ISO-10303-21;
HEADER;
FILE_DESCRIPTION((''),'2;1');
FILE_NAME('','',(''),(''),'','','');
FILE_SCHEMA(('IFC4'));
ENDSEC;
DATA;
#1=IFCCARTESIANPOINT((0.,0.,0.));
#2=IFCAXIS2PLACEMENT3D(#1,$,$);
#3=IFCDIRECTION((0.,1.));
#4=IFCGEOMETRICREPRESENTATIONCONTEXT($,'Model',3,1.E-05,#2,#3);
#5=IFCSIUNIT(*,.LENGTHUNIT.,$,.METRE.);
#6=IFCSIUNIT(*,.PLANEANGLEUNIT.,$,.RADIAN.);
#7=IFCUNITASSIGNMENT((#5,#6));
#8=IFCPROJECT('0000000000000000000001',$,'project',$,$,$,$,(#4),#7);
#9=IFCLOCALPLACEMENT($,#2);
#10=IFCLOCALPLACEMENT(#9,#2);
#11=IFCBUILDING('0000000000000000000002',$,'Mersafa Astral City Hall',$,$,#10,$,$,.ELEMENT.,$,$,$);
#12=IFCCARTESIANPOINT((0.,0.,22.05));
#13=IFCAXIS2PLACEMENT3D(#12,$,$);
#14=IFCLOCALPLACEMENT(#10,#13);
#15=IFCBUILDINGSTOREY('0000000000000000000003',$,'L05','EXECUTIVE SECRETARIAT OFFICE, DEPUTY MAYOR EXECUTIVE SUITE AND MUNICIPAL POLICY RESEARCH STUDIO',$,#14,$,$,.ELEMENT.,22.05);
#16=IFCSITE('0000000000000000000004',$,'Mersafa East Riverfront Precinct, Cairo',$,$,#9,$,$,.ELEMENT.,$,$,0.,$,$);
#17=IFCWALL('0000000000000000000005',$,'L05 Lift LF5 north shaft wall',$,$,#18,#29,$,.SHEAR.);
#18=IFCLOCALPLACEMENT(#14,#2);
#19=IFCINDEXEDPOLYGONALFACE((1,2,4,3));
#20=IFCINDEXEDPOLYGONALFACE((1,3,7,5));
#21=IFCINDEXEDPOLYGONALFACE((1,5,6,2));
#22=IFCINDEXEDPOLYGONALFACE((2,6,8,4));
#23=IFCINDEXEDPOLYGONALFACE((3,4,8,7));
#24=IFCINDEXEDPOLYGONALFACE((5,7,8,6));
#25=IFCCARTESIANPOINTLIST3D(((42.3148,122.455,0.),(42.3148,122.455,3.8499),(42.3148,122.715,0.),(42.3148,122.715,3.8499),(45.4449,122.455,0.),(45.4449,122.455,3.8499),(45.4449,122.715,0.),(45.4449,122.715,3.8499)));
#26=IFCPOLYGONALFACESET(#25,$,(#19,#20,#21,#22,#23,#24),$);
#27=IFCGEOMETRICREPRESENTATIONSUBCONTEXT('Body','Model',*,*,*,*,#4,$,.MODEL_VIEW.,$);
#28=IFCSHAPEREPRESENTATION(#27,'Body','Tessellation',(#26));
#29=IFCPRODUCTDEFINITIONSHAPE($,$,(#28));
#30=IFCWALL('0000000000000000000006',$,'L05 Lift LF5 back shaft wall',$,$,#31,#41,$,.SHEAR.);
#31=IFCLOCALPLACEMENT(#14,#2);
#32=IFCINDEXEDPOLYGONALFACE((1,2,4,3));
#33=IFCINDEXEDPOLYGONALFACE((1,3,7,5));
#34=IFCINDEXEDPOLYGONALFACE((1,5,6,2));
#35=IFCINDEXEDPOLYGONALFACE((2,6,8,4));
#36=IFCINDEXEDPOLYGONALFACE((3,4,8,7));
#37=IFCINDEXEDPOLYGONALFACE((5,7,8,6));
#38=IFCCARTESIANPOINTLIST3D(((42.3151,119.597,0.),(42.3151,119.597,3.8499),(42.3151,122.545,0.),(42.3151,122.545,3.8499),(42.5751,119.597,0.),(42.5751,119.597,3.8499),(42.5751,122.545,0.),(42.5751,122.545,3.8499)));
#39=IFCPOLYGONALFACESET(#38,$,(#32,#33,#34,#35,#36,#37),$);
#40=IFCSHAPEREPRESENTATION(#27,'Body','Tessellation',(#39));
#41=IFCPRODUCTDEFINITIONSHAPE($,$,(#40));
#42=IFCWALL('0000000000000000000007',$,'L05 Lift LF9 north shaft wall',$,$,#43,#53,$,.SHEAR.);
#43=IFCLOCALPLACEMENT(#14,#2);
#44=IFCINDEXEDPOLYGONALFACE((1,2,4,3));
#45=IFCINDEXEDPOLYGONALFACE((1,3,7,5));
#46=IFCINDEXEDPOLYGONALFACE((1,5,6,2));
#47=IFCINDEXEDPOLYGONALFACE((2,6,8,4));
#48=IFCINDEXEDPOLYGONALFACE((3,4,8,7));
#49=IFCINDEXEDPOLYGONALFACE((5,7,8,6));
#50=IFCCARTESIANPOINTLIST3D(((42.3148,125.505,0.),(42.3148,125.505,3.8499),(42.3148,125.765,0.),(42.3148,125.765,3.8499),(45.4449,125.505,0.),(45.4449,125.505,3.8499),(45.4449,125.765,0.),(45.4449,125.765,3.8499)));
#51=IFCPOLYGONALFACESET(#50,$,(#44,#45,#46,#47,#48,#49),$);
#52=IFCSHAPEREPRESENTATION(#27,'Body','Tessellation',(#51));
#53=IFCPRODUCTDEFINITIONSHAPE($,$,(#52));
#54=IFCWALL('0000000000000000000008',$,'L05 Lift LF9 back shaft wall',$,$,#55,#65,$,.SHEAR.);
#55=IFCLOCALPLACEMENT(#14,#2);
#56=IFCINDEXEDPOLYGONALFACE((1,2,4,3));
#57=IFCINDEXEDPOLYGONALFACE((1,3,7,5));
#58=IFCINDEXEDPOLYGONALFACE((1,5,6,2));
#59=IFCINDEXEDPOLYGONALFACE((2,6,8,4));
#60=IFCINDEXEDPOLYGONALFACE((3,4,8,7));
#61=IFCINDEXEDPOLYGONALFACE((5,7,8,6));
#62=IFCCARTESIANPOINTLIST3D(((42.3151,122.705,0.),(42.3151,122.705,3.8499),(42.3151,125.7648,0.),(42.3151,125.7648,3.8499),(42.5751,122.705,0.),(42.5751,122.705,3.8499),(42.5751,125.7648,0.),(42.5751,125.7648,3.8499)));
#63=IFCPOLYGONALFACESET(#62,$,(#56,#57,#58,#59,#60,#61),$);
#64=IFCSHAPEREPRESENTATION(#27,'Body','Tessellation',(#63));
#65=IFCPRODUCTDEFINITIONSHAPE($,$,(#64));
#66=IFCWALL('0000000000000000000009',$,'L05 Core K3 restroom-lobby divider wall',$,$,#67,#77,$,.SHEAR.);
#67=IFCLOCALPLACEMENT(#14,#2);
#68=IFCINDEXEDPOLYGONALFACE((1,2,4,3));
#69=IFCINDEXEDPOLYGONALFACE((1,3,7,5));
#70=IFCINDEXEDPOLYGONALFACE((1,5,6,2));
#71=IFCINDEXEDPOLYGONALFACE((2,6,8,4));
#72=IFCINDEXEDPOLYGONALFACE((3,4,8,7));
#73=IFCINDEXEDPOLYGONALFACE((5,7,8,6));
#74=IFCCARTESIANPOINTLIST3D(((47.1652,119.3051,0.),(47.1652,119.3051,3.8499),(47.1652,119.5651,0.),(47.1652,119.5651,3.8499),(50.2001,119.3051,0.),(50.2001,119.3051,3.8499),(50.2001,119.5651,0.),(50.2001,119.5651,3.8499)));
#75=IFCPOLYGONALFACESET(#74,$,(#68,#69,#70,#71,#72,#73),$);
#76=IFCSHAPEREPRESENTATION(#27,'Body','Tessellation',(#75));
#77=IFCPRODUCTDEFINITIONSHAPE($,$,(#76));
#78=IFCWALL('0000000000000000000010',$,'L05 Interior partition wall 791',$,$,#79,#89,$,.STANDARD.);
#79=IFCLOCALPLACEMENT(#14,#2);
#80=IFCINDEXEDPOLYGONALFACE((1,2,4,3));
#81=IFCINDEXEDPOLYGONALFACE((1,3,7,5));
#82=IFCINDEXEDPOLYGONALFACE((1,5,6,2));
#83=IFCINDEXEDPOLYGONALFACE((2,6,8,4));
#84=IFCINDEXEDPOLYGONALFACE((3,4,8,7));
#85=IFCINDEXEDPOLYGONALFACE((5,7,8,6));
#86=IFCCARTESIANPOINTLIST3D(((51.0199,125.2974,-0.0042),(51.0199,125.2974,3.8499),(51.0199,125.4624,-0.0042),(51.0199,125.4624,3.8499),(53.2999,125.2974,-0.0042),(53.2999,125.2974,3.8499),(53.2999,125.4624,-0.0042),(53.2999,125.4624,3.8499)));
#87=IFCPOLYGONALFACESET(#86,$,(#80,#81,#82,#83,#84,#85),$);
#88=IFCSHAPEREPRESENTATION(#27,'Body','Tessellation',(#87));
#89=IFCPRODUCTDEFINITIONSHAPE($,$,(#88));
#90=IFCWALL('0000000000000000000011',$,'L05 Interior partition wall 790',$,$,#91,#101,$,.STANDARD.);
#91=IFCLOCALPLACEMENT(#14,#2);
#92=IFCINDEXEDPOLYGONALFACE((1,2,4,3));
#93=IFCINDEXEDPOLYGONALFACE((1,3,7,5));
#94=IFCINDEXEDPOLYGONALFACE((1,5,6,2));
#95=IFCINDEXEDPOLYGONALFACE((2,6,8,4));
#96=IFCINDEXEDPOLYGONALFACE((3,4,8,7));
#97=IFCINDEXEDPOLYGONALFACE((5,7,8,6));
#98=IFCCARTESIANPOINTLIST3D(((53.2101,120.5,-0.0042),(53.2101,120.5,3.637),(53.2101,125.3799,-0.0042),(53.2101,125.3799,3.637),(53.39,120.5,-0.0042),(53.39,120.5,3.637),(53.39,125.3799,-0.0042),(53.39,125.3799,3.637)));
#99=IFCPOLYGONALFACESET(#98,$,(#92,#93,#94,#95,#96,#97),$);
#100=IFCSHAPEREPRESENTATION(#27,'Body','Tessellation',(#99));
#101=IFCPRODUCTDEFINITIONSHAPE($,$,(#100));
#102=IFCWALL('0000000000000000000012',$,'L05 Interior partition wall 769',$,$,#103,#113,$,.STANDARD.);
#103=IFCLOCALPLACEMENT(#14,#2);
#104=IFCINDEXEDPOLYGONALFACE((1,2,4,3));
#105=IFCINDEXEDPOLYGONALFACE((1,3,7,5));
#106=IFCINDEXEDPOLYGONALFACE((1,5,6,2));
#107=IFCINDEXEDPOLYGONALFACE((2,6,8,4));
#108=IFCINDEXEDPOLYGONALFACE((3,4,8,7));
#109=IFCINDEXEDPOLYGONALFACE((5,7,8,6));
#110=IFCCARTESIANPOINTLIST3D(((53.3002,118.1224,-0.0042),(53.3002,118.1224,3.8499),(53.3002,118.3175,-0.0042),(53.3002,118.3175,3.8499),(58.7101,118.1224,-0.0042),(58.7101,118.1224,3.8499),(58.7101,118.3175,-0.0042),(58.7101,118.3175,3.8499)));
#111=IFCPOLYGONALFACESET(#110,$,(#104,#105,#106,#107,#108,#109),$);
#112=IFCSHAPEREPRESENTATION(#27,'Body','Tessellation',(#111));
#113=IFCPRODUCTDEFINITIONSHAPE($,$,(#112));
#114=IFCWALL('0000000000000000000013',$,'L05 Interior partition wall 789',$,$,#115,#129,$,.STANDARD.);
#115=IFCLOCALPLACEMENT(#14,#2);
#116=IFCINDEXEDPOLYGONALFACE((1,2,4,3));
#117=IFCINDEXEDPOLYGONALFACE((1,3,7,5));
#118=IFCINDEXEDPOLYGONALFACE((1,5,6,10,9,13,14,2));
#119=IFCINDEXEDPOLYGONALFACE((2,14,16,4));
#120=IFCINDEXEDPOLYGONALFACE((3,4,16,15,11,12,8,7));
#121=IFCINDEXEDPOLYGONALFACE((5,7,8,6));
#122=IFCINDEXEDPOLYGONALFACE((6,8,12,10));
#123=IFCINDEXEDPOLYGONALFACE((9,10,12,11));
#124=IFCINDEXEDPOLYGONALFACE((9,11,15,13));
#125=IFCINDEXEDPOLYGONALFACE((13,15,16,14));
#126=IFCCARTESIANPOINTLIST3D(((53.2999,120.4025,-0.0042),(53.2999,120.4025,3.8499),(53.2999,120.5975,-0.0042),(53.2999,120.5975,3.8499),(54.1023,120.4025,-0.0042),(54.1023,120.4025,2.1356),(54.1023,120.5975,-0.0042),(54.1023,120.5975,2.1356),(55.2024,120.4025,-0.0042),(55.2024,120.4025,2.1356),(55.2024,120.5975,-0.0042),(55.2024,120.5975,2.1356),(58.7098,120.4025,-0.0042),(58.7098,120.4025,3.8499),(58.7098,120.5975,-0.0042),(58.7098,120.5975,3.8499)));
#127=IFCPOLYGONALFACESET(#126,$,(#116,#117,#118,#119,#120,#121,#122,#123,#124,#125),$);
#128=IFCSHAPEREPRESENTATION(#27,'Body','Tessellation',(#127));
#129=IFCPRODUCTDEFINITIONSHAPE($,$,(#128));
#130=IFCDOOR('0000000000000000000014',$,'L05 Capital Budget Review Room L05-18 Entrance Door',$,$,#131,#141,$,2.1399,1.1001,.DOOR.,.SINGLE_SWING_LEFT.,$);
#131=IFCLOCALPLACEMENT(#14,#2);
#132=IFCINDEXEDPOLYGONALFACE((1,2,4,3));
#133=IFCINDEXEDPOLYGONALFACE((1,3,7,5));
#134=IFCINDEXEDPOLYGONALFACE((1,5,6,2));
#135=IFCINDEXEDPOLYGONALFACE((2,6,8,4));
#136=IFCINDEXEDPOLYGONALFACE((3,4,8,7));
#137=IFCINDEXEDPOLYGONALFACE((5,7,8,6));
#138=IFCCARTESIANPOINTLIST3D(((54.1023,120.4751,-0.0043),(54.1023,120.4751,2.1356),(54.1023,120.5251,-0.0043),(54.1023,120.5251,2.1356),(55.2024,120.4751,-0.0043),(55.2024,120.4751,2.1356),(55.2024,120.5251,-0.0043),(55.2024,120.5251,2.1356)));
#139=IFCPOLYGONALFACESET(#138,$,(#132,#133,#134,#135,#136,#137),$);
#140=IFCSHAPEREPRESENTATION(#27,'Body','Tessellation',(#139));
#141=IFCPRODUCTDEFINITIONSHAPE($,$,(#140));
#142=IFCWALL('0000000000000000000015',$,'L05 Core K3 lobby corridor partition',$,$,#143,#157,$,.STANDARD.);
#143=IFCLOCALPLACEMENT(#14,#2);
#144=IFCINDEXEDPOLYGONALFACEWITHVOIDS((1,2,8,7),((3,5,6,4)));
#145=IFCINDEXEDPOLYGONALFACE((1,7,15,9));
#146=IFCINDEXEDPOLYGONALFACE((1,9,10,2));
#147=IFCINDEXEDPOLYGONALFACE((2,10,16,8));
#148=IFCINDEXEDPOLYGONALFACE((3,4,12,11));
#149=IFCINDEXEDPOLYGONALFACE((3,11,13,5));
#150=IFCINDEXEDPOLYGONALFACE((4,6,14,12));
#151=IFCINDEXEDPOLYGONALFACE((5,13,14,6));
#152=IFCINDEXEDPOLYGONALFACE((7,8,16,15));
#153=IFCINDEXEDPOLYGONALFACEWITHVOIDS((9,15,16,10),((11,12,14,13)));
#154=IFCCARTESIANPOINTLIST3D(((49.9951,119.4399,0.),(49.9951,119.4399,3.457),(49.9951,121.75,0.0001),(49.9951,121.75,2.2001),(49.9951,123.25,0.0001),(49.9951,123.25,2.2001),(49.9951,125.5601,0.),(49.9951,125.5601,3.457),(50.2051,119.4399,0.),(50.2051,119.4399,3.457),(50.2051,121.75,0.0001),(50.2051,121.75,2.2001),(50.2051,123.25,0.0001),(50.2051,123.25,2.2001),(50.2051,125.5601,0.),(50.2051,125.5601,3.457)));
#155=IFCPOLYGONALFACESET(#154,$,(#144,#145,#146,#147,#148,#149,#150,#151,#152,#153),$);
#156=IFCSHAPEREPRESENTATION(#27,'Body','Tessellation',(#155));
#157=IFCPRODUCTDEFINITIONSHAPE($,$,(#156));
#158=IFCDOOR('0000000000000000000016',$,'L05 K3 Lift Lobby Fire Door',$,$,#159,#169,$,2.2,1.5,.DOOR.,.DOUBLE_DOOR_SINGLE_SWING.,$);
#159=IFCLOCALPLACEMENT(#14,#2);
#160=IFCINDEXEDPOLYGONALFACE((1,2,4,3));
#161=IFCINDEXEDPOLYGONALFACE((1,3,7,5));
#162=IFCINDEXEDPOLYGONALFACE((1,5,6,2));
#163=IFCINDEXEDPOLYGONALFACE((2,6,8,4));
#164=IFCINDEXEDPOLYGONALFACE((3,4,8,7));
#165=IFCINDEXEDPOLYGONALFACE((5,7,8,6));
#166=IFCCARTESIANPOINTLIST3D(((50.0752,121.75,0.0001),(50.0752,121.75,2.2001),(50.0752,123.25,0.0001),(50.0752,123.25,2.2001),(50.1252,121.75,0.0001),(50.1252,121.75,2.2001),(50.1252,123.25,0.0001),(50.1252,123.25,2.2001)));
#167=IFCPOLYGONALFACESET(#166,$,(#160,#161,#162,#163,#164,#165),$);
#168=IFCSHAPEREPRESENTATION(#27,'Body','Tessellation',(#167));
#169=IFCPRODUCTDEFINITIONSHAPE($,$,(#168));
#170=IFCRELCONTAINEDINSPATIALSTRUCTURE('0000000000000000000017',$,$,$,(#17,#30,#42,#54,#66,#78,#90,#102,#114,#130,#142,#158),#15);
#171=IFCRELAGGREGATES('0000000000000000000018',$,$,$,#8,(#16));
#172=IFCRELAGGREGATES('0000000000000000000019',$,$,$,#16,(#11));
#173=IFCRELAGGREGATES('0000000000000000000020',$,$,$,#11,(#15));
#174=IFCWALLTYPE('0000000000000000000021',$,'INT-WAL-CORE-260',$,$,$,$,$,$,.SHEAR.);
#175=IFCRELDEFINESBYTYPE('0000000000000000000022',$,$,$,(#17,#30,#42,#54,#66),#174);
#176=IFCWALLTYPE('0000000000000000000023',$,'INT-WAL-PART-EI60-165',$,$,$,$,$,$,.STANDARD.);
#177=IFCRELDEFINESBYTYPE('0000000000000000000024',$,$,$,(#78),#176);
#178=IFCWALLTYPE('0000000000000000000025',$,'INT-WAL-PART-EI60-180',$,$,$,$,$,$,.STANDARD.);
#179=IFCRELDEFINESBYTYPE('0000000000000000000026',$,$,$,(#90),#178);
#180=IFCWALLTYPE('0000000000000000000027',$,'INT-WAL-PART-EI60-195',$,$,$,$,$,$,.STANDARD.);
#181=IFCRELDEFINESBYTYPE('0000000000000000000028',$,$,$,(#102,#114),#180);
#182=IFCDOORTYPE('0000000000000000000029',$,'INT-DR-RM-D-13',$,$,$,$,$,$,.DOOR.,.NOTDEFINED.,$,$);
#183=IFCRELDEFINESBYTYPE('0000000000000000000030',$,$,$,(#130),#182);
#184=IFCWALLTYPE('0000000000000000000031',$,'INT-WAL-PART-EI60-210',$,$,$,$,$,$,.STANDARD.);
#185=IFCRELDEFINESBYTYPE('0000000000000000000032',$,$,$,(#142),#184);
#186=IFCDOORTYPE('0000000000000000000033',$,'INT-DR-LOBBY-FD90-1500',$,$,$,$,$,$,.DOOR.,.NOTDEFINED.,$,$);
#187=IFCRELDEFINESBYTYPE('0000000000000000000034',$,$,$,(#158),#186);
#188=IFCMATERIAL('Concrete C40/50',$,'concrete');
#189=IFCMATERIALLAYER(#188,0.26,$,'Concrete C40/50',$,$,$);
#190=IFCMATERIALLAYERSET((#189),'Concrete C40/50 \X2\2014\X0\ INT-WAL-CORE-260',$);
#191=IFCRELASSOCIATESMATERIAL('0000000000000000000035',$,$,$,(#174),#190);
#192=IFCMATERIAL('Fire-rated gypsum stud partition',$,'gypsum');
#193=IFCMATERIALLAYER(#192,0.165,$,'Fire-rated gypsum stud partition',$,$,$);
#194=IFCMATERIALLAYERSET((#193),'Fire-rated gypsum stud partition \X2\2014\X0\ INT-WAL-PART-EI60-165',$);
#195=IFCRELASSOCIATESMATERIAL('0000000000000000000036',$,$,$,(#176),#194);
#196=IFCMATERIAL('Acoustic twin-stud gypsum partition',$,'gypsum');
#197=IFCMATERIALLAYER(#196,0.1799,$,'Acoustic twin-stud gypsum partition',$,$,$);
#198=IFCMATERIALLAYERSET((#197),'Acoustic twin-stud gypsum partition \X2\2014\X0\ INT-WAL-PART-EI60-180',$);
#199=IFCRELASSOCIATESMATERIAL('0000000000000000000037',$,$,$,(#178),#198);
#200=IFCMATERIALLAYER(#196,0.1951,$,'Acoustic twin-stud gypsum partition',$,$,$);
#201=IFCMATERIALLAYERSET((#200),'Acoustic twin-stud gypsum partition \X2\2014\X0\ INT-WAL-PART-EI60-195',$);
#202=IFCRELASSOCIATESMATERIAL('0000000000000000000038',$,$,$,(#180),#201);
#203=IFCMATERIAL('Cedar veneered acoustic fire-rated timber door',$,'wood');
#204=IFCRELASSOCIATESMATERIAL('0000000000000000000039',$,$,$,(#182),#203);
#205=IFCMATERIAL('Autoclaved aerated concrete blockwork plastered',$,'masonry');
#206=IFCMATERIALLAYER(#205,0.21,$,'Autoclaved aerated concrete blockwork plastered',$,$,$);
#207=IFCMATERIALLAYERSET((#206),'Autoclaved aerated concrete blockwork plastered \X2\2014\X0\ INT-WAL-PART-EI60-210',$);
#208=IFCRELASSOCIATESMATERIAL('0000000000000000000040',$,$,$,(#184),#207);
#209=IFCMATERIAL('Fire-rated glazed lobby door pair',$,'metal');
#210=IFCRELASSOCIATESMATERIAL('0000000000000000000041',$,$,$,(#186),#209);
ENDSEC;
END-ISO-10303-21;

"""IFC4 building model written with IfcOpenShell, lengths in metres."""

from ifc_helpers import new_model, si_unit, direction, frame, frame_2d, origin, place, context, subcontext, project, spatial, rectangle, extrude, material, layer, layer_set, type_object, element, fill, save


model = new_model("IFC4")

# Units and contexts
model_context = context("Model", 3, precision=1e-05, world=origin(), true_north=direction((0.0, 1.0)))
body_context = subcontext(model_context, "Body", "Model", "MODEL_VIEW")
ifc_project = project(units=[si_unit("LENGTHUNIT", "METRE"), si_unit("PLANEANGLEUNIT", "RADIAN")], contexts=[model_context])

# Site, building, storey
site_placement = place(None, origin())
site = spatial("IfcSite", under=ifc_project, at=site_placement, Name="Mersafa East Riverfront Precinct, Cairo", CompositionType="ELEMENT", RefElevation=0.0)
building_placement = place(site_placement, origin())
building = spatial("IfcBuilding", under=site, at=building_placement, Name="Mersafa Astral City Hall", CompositionType="ELEMENT")
storey_placement = place(building_placement, frame((0.0, 0.0, 22.05)))
storey = spatial("IfcBuildingStorey", under=building, at=storey_placement, Name="L05", Description="EXECUTIVE SECRETARIAT OFFICE, DEPUTY MAYOR EXECUTIVE SUITE AND MUNICIPAL POLICY RESEARCH STUDIO", CompositionType="ELEMENT", Elevation=22.05)

# Walls
ifc_material_1 = material(Name="Concrete C40/50", Category="concrete")
ifc_layer_1 = layer(ifc_material_1, 0.26, Name="Concrete C40/50")
ifc_layer_set_1 = layer_set([ifc_layer_1], Name="Concrete C40/50 — INT-WAL-CORE-260")
wall_type_1 = type_object("IfcWallType", Name="INT-WAL-CORE-260", PredefinedType="SHEAR", material=ifc_layer_set_1)
wall_1_placement = place(storey_placement, frame((42.3149, 122.585, 0.0), z_axis=(0.0, 0.0, 1.0), x_axis=(1.0, 0.0, 0.0)))
element("IfcWall", 1, at=wall_1_placement, inside=storey, type_object=wall_type_1, Name="L05 Lift LF5 north shaft wall", PredefinedType="SHEAR", context=body_context, shape_type="SweptSolid", body=[
    extrude(rectangle(XDim=3.1301, YDim=0.26, at=frame_2d((1.5649, 0.0))), origin(), (0.0, 0.0, 1.0), 3.8499),
])
wall_2_placement = place(storey_placement, frame((42.4451, 119.5969, 0.0), z_axis=(0.0, 0.0, 1.0), x_axis=(0.0, 1.0, 0.0)))
element("IfcWall", 2, at=wall_2_placement, inside=storey, type_object=wall_type_1, Name="L05 Lift LF5 back shaft wall", PredefinedType="SHEAR", context=body_context, shape_type="SweptSolid", body=[
    extrude(rectangle(XDim=2.948, YDim=0.26, at=frame_2d((1.4741, 0.0))), origin(), (0.0, 0.0, 1.0), 3.8499),
])

# Walls
wall_3_placement = place(storey_placement, frame((42.3149, 125.635, 0.0), z_axis=(0.0, 0.0, 1.0), x_axis=(1.0, 0.0, 0.0)))
element("IfcWall", 3, at=wall_3_placement, inside=storey, type_object=wall_type_1, Name="L05 Lift LF9 north shaft wall", PredefinedType="SHEAR", context=body_context, shape_type="SweptSolid", body=[
    extrude(rectangle(XDim=3.1301, YDim=0.26, at=frame_2d((1.5649, 0.0))), origin(), (0.0, 0.0, 1.0), 3.8499),
])
wall_4_placement = place(storey_placement, frame((42.4451, 122.7051, 0.0), z_axis=(0.0, 0.0, 1.0), x_axis=(0.0, 1.0, 0.0)))
element("IfcWall", 4, at=wall_4_placement, inside=storey, type_object=wall_type_1, Name="L05 Lift LF9 back shaft wall", PredefinedType="SHEAR", context=body_context, shape_type="SweptSolid", body=[
    extrude(rectangle(XDim=3.0598, YDim=0.26, at=frame_2d((1.5298, 0.0))), origin(), (0.0, 0.0, 1.0), 3.8499),
])

# Wall
wall_5_placement = place(storey_placement, frame((47.165, 119.4351, 0.0), z_axis=(0.0, 0.0, 1.0), x_axis=(1.0, 0.0, 0.0)))
element("IfcWall", 5, at=wall_5_placement, inside=storey, type_object=wall_type_1, Name="L05 Core K3 restroom-lobby divider wall", PredefinedType="SHEAR", context=body_context, shape_type="SweptSolid", body=[
    extrude(rectangle(XDim=3.0349, YDim=0.26, at=frame_2d((1.5176, 0.0))), origin(), (0.0, 0.0, 1.0), 3.8499),
])

# Walls
ifc_material_2 = material(Name="Fire-rated gypsum stud partition", Category="gypsum")
ifc_layer_2 = layer(ifc_material_2, 0.165, Name="Fire-rated gypsum stud partition")
ifc_layer_set_2 = layer_set([ifc_layer_2], Name="Fire-rated gypsum stud partition — INT-WAL-PART-EI60-165")
wall_type_2 = type_object("IfcWallType", Name="INT-WAL-PART-EI60-165", PredefinedType="STANDARD", material=ifc_layer_set_2)
wall_6_placement = place(storey_placement, frame((53.3, 125.3799, -0.0042), z_axis=(0.0, 0.0, 1.0), x_axis=(-1.0, 0.0, 0.0)))
element("IfcWall", 6, at=wall_6_placement, inside=storey, type_object=wall_type_2, Name="L05 Interior partition wall 791", PredefinedType="STANDARD", context=body_context, shape_type="SweptSolid", body=[
    extrude(rectangle(XDim=2.28, YDim=0.165, at=frame_2d((1.1401, 0.0))), origin(), (0.0, 0.0, 1.0), 3.854),
])
ifc_material_3 = material(Name="Acoustic twin-stud gypsum partition", Category="gypsum")
ifc_layer_3 = layer(ifc_material_3, 0.1799, Name="Acoustic twin-stud gypsum partition")
ifc_layer_set_3 = layer_set([ifc_layer_3], Name="Acoustic twin-stud gypsum partition — INT-WAL-PART-EI60-180")
wall_type_3 = type_object("IfcWallType", Name="INT-WAL-PART-EI60-180", PredefinedType="STANDARD", material=ifc_layer_set_3)
wall_7_placement = place(storey_placement, frame((53.3, 120.5, -0.0042), z_axis=(0.0, 0.0, 1.0), x_axis=(0.0, 1.0, 0.0)))
element("IfcWall", 7, at=wall_7_placement, inside=storey, type_object=wall_type_3, Name="L05 Interior partition wall 790", PredefinedType="STANDARD", context=body_context, shape_type="SweptSolid", body=[
    extrude(rectangle(XDim=4.8799, YDim=0.1799, at=frame_2d((2.4399, 0.0))), origin(), (0.0, 0.0, 1.0), 3.6411),
])
ifc_layer_4 = layer(ifc_material_3, 0.1951, Name="Acoustic twin-stud gypsum partition")
ifc_layer_set_4 = layer_set([ifc_layer_4], Name="Acoustic twin-stud gypsum partition — INT-WAL-PART-EI60-195")
wall_type_4 = type_object("IfcWallType", Name="INT-WAL-PART-EI60-195", PredefinedType="STANDARD", material=ifc_layer_set_4)
wall_8_placement = place(storey_placement, frame((53.3, 118.22, -0.0042), z_axis=(0.0, 0.0, 1.0), x_axis=(1.0, 0.0, 0.0)))
element("IfcWall", 8, at=wall_8_placement, inside=storey, type_object=wall_type_4, Name="L05 Interior partition wall 769", PredefinedType="STANDARD", context=body_context, shape_type="SweptSolid", body=[
    extrude(rectangle(XDim=5.4099, YDim=0.1951, at=frame_2d((2.7051, 0.0))), origin(), (0.0, 0.0, 1.0), 3.854),
])

# Walls, openings, doors
wall_9_placement = place(storey_placement, frame((58.71, 120.5, -0.0042), z_axis=(0.0, 0.0, 1.0), x_axis=(-1.0, 0.0, 0.0)))
wall_9 = element("IfcWall", 9, at=wall_9_placement, inside=storey, type_object=wall_type_4, Name="L05 Interior partition wall 789", PredefinedType="STANDARD", context=body_context, shape_type="SweptSolid", body=[
    extrude(rectangle(XDim=5.4099, YDim=0.1951, at=frame_2d((2.7051, 0.0))), origin(), (0.0, 0.0, 1.0), 3.854),
])
opening_1_placement = place(wall_9_placement, frame((3.5076, 0.0, 0.0)))
opening_1 = element("IfcOpeningElement", 10, at=opening_1_placement, cuts=wall_9, PredefinedType="OPENING", context=body_context, shape_type="SweptSolid", body=[
    extrude(rectangle(XDim=1.1001, YDim=2.1399, at=frame_2d((0.55, 1.0698))), frame((0.0, 0.1074, 0.0), z_axis=(0.0, -1.0, 0.0), x_axis=(1.0, 0.0, 0.0)), (0.0, 0.0, 1.0), 0.2151),
])
ifc_material_4 = material(Name="Cedar veneered acoustic fire-rated timber door", Category="wood")
door_type_1 = type_object("IfcDoorType", Name="INT-DR-RM-D-13", OperationType="NOTDEFINED", PredefinedType="DOOR", material=ifc_material_4)
door_1_placement = place(opening_1_placement, origin())
door_1 = element("IfcDoor", 11, at=door_1_placement, inside=storey, type_object=door_type_1, Name="L05 Capital Budget Review Room L05-18 Entrance Door", OperationType="SINGLE_SWING_LEFT", OverallHeight=2.1399, OverallWidth=1.1001, PredefinedType="DOOR", context=body_context, shape_type="SweptSolid", body=[
    extrude(rectangle(XDim=1.1001, YDim=2.1399, at=frame_2d((0.55, 1.0698))), frame((0.0, 0.0249, 0.0), z_axis=(0.0, -1.0, 0.0), x_axis=(1.0, 0.0, 0.0)), (0.0, 0.0, 1.0), 0.05),
])
fill(opening_1, door_1)
ifc_material_5 = material(Name="Autoclaved aerated concrete blockwork plastered", Category="masonry")
ifc_layer_5 = layer(ifc_material_5, 0.21, Name="Autoclaved aerated concrete blockwork plastered")
ifc_layer_set_5 = layer_set([ifc_layer_5], Name="Autoclaved aerated concrete blockwork plastered — INT-WAL-PART-EI60-210")
wall_type_5 = type_object("IfcWallType", Name="INT-WAL-PART-EI60-210", PredefinedType="STANDARD", material=ifc_layer_set_5)
wall_10_placement = place(storey_placement, frame((50.1001, 119.4399, 0.0), z_axis=(0.0, 0.0, 1.0), x_axis=(0.0, 1.0, 0.0)))
wall_10 = element("IfcWall", 12, at=wall_10_placement, inside=storey, type_object=wall_type_5, Name="L05 Core K3 lobby corridor partition", PredefinedType="STANDARD", context=body_context, shape_type="SweptSolid", body=[
    extrude(rectangle(XDim=6.1201, YDim=0.21, at=frame_2d((3.0601, 0.0))), origin(), (0.0, 0.0, 1.0), 3.457),
])
opening_2_placement = place(wall_10_placement, frame((2.3101, 0.0, 0.0)))
opening_2 = element("IfcOpeningElement", 13, at=opening_2_placement, cuts=wall_10, PredefinedType="OPENING", context=body_context, shape_type="SweptSolid", body=[
    extrude(rectangle(XDim=1.5, YDim=2.2, at=frame_2d((0.75, 1.1001))), frame((0.0, 0.115, 0.0), z_axis=(0.0, -1.0, 0.0), x_axis=(1.0, 0.0, 0.0)), (0.0, 0.0, 1.0), 0.23),
])
ifc_material_6 = material(Name="Fire-rated glazed lobby door pair", Category="metal")
door_type_2 = type_object("IfcDoorType", Name="INT-DR-LOBBY-FD90-1500", OperationType="NOTDEFINED", PredefinedType="DOOR", material=ifc_material_6)
door_2_placement = place(opening_2_placement, origin())
door_2 = element("IfcDoor", 14, at=door_2_placement, inside=storey, type_object=door_type_2, Name="L05 K3 Lift Lobby Fire Door", OperationType="DOUBLE_DOOR_SINGLE_SWING", OverallHeight=2.2, OverallWidth=1.5, PredefinedType="DOOR", context=body_context, shape_type="SweptSolid", body=[
    extrude(rectangle(XDim=1.5, YDim=2.2, at=frame_2d((0.75, 1.1001))), frame((0.0, 0.0249, 0.0), z_axis=(0.0, -1.0, 0.0), x_axis=(1.0, 0.0, 0.0)), (0.0, 0.0, 1.0), 0.05),
])
fill(opening_2, door_2)

save(model, "model.ifc")
